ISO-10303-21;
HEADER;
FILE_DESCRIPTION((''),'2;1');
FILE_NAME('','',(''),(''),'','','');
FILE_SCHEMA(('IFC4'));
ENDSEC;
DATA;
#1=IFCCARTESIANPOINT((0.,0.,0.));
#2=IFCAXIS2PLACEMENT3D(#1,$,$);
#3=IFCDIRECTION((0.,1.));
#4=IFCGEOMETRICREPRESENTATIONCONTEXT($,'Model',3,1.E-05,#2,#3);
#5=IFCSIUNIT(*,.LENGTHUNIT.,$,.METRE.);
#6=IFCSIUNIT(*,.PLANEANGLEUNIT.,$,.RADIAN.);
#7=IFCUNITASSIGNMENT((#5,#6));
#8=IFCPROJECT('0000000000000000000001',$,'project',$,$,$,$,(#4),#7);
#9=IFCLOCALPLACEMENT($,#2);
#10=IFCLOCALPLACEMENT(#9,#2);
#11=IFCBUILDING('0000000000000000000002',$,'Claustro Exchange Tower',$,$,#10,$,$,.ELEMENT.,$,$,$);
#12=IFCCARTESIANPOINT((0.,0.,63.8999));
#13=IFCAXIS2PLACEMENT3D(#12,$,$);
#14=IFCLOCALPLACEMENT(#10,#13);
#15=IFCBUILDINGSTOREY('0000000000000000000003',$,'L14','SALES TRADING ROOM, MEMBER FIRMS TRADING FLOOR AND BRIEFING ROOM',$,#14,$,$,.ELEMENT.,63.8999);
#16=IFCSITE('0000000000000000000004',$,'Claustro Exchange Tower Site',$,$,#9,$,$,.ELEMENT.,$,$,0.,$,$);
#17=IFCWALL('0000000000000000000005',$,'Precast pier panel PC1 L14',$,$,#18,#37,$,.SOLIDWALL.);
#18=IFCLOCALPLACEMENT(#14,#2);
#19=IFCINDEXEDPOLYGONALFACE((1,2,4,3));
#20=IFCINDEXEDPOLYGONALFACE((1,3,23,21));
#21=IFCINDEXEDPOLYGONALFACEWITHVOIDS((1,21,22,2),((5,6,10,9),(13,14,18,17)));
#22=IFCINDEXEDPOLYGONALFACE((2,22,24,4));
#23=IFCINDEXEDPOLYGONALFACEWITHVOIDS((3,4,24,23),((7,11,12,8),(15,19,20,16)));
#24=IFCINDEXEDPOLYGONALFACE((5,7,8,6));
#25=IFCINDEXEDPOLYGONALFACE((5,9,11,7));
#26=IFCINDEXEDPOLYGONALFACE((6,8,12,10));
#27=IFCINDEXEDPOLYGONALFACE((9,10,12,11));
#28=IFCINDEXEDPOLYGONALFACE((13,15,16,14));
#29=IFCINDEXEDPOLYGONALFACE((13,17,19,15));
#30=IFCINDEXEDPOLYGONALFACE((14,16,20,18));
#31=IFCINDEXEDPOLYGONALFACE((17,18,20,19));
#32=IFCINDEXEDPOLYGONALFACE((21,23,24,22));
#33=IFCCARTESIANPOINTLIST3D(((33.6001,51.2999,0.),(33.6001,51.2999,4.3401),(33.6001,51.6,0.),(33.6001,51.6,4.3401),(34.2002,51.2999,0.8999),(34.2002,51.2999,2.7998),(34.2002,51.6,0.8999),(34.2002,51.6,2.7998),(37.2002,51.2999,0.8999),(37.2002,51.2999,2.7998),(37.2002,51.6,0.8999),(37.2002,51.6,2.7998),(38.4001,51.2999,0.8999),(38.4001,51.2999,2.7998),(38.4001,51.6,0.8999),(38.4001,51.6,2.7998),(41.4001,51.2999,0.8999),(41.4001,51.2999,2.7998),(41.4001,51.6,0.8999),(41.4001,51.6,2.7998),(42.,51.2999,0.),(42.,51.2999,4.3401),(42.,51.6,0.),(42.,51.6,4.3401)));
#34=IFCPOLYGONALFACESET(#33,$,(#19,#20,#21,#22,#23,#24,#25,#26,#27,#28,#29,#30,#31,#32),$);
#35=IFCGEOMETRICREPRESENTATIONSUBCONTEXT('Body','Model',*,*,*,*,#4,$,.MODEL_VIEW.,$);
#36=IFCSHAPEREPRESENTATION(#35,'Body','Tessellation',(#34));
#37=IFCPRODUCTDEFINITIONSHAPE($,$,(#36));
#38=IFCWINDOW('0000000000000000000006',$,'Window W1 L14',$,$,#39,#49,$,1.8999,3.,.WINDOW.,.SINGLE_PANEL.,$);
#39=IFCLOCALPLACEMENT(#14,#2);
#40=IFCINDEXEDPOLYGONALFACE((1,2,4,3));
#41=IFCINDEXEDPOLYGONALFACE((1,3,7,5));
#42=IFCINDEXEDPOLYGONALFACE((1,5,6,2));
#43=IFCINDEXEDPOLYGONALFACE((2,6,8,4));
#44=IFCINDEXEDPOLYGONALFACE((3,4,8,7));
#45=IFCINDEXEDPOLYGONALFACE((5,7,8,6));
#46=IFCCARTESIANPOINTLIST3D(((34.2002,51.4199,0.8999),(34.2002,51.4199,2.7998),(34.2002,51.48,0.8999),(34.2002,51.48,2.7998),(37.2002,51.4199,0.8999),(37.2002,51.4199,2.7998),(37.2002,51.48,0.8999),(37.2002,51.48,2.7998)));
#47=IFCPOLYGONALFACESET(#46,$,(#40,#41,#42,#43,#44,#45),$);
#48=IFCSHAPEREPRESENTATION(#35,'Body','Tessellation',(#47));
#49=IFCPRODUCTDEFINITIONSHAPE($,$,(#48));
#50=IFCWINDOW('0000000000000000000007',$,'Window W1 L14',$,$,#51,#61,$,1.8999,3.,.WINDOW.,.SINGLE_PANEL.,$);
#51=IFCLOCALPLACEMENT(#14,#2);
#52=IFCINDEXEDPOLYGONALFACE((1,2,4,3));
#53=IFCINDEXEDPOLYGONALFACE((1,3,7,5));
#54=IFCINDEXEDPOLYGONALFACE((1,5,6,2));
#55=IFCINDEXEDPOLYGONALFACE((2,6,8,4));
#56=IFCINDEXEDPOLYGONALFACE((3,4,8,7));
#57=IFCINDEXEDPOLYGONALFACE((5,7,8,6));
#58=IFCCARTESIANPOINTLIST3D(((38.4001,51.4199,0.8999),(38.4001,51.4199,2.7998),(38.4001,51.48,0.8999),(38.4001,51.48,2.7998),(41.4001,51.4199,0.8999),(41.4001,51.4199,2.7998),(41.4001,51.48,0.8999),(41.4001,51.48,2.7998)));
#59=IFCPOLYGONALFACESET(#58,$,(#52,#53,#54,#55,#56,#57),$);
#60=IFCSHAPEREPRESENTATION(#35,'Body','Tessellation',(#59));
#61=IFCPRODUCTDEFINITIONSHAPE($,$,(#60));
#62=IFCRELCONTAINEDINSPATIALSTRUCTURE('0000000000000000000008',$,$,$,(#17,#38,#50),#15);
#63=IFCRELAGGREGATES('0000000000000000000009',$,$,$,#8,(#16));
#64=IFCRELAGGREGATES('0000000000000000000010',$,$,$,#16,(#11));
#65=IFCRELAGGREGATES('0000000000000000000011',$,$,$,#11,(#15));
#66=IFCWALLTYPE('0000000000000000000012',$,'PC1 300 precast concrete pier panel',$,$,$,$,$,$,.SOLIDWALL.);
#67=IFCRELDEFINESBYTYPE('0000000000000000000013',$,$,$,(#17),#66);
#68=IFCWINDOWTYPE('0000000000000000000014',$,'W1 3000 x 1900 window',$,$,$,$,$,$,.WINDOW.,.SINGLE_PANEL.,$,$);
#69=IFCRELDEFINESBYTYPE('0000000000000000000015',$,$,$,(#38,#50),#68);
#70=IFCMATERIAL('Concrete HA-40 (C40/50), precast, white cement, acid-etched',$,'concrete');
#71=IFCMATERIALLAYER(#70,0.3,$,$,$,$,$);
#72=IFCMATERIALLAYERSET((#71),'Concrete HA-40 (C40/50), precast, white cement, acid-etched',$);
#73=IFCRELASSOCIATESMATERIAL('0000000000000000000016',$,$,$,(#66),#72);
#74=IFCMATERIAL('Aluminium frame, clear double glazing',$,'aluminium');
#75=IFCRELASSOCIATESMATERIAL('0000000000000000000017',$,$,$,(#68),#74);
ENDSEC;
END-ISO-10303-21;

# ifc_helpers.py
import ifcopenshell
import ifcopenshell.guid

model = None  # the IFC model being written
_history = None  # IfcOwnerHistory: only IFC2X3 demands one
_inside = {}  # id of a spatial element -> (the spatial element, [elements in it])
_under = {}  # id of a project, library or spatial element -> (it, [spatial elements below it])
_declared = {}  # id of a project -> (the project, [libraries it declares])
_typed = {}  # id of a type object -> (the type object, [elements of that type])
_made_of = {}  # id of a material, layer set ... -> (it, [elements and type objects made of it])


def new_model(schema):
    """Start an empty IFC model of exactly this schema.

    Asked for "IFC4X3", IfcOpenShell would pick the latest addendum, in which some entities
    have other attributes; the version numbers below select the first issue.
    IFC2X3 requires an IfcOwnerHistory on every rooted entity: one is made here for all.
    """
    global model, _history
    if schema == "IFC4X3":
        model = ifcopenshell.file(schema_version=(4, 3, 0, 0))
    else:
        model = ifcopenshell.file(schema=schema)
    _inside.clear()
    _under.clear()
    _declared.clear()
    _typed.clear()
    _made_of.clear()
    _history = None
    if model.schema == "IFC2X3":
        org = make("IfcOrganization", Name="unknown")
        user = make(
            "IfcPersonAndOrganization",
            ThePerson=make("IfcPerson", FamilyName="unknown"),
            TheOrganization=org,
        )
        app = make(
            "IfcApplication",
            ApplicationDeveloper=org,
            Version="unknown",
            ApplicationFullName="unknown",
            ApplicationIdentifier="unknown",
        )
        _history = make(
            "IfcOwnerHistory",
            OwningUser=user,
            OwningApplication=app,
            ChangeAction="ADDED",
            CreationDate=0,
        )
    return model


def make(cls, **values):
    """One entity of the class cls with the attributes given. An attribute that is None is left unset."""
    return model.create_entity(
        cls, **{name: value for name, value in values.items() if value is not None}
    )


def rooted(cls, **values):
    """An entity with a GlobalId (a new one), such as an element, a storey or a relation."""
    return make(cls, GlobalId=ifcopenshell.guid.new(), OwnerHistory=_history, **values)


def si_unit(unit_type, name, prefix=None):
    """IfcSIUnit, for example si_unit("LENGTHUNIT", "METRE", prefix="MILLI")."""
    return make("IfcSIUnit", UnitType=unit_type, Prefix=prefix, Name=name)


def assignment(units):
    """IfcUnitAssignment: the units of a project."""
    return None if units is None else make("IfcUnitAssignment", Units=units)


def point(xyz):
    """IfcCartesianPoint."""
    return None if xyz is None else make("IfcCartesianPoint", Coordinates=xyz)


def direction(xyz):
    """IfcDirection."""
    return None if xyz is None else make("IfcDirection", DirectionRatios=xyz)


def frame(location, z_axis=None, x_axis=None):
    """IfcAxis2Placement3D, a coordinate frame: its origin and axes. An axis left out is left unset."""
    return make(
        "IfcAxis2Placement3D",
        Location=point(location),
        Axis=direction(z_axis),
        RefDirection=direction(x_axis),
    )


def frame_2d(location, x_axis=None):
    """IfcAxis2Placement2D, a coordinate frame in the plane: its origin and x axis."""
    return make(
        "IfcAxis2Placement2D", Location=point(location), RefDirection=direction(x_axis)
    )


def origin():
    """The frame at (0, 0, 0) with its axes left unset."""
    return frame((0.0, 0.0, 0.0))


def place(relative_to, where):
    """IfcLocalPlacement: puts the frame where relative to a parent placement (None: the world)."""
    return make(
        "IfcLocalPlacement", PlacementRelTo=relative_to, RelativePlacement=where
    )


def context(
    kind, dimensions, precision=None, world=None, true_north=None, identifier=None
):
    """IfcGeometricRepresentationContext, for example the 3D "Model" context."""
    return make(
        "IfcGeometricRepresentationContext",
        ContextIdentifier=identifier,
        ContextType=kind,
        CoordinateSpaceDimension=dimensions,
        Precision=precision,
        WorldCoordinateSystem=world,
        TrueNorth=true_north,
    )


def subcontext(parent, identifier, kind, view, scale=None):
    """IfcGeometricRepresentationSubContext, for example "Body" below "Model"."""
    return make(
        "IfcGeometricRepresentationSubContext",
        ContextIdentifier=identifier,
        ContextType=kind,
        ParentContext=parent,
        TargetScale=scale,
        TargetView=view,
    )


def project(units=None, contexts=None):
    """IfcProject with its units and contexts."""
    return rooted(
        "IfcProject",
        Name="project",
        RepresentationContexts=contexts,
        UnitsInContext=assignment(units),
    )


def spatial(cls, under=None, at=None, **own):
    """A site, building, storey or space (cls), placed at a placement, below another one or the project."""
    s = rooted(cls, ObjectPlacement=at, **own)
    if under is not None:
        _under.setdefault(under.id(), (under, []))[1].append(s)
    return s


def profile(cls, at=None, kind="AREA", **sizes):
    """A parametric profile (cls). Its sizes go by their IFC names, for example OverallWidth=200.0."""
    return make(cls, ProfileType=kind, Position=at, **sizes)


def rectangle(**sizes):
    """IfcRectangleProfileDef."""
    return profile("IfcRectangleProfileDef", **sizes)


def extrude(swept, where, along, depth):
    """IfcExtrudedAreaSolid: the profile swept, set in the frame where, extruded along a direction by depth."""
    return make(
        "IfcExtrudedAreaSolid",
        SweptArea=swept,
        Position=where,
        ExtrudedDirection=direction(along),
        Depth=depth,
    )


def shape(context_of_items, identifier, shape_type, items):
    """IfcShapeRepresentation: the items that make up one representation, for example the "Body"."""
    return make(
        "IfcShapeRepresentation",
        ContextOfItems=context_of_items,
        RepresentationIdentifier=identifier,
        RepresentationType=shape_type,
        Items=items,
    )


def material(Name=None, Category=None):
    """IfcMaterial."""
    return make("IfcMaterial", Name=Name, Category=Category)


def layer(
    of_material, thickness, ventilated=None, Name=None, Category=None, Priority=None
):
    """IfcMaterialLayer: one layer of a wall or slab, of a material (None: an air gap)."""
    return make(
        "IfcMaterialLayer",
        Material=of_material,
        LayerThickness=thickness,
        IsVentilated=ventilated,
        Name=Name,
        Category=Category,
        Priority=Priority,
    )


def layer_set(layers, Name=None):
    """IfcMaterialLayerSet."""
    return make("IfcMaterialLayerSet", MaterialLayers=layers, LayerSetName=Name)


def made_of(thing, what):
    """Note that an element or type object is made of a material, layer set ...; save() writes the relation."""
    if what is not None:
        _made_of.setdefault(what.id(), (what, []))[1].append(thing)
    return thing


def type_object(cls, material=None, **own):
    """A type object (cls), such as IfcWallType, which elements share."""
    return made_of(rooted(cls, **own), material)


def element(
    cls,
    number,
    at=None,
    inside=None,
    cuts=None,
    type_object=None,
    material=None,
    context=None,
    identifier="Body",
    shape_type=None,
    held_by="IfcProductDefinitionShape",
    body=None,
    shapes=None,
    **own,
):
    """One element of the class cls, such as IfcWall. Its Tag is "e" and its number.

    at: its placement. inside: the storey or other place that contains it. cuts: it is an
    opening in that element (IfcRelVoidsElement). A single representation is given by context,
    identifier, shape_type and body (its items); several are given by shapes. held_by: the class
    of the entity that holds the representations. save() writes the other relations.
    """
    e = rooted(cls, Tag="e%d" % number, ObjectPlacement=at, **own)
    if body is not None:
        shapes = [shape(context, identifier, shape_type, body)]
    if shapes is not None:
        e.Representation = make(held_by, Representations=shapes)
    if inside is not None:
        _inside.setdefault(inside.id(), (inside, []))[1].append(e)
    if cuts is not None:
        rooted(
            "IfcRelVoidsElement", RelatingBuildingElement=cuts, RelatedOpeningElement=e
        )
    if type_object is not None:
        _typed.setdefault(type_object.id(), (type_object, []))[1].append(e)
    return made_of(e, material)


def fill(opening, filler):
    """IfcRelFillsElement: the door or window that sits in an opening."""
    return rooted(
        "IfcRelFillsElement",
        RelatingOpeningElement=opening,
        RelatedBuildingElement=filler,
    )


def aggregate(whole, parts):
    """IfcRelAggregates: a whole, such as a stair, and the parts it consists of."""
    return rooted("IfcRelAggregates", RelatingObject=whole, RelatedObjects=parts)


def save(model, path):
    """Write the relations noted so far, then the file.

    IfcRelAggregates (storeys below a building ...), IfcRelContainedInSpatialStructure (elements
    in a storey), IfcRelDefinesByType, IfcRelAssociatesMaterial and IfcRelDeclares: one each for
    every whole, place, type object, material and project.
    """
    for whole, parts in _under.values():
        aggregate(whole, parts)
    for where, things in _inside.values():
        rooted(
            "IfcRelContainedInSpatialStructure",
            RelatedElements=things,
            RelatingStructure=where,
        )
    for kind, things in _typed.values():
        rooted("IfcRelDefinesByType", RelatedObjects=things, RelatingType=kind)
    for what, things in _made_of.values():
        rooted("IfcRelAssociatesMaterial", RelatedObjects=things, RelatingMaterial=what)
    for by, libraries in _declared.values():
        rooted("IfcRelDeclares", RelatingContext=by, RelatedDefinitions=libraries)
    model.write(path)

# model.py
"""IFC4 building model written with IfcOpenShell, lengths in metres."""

from ifc_helpers import new_model, si_unit, direction, frame, frame_2d, origin, place, context, subcontext, project, spatial, rectangle, extrude, material, layer, layer_set, type_object, element, fill, save


model = new_model("IFC4")

# Units and contexts
model_context = context("Model", 3, precision=1e-05, world=origin(), true_north=direction((0.0, 1.0)))
body_context = subcontext(model_context, "Body", "Model", "MODEL_VIEW")
ifc_project = project(units=[si_unit("LENGTHUNIT", "METRE"), si_unit("PLANEANGLEUNIT", "RADIAN")], contexts=[model_context])

# Site, building, storey
site_placement = place(None, origin())
site = spatial("IfcSite", under=ifc_project, at=site_placement, Name="Claustro Exchange Tower Site", CompositionType="ELEMENT", RefElevation=0.0)
building_placement = place(site_placement, origin())
building = spatial("IfcBuilding", under=site, at=building_placement, Name="Claustro Exchange Tower", CompositionType="ELEMENT")
storey_placement = place(building_placement, frame((0.0, 0.0, 63.8999)))
storey = spatial("IfcBuildingStorey", under=building, at=storey_placement, Name="L14", Description="SALES TRADING ROOM, MEMBER FIRMS TRADING FLOOR AND BRIEFING ROOM", CompositionType="ELEMENT", Elevation=63.8999)

# Wall, openings, windows
ifc_material_1 = material(Name="Concrete HA-40 (C40/50), precast, white cement, acid-etched", Category="concrete")
ifc_layer_1 = layer(ifc_material_1, 0.3)
ifc_layer_set_1 = layer_set([ifc_layer_1], Name="Concrete HA-40 (C40/50), precast, white cement, acid-etched")
wall_type_1 = type_object("IfcWallType", Name="PC1 300 precast concrete pier panel", PredefinedType="SOLIDWALL", material=ifc_layer_set_1)
ifc_material_2 = material(Name="Aluminium frame, clear double glazing", Category="aluminium")
window_type = type_object("IfcWindowType", Name="W1 3000 x 1900 window", PartitioningType="SINGLE_PANEL", PredefinedType="WINDOW", material=ifc_material_2)
wall_1_placement = place(storey_placement, frame((33.6001, 51.45, 0.0), z_axis=(0.0, 0.0, 1.0), x_axis=(1.0, 0.0, 0.0)))
wall_1 = element("IfcWall", 1, at=wall_1_placement, inside=storey, type_object=wall_type_1, Name="Precast pier panel PC1 L14", PredefinedType="SOLIDWALL", context=body_context, shape_type="SweptSolid", body=[
    extrude(rectangle(XDim=8.3999, YDim=0.3, at=frame_2d((4.2, 0.0))), origin(), (0.0, 0.0, 1.0), 4.3401),
])
opening_1_placement = place(wall_1_placement, frame((0.6001, 0.0, 0.8999)))
opening_1 = element("IfcOpeningElement", 2, at=opening_1_placement, cuts=wall_1, PredefinedType="OPENING", context=body_context, shape_type="SweptSolid", body=[
    extrude(rectangle(XDim=3.0, YDim=1.8999, at=frame_2d((1.5, 0.95))), frame((0.0, 0.1599, 0.0), z_axis=(0.0, -1.0, 0.0), x_axis=(1.0, 0.0, 0.0)), (0.0, 0.0, 1.0), 0.3201),
])
opening_2_placement = place(wall_1_placement, frame((4.8, 0.0, 0.8999)))
opening_2 = element("IfcOpeningElement", 3, at=opening_2_placement, cuts=wall_1, PredefinedType="OPENING", context=body_context, shape_type="SweptSolid", body=[
    extrude(rectangle(XDim=3.0, YDim=1.8999, at=frame_2d((1.5, 0.95))), frame((0.0, 0.1599, 0.0), z_axis=(0.0, -1.0, 0.0), x_axis=(1.0, 0.0, 0.0)), (0.0, 0.0, 1.0), 0.3201),
])
window_1_placement = place(opening_1_placement, origin())
window_1 = element("IfcWindow", 4, at=window_1_placement, inside=storey, type_object=window_type, Name="Window W1 L14", OverallHeight=1.8999, OverallWidth=3.0, PartitioningType="SINGLE_PANEL", PredefinedType="WINDOW", context=body_context, shape_type="SweptSolid", body=[
    extrude(rectangle(XDim=3.0, YDim=1.8999, at=frame_2d((1.5, 0.95))), frame((0.0, 0.03, 0.0), z_axis=(0.0, -1.0, 0.0), x_axis=(1.0, 0.0, 0.0)), (0.0, 0.0, 1.0), 0.0601),
])
fill(opening_1, window_1)
window_2_placement = place(opening_2_placement, origin())
window_2 = element("IfcWindow", 5, at=window_2_placement, inside=storey, type_object=window_type, Name="Window W1 L14", OverallHeight=1.8999, OverallWidth=3.0, PartitioningType="SINGLE_PANEL", PredefinedType="WINDOW", context=body_context, shape_type="SweptSolid", body=[
    extrude(rectangle(XDim=3.0, YDim=1.8999, at=frame_2d((1.5, 0.95))), frame((0.0, 0.03, 0.0), z_axis=(0.0, -1.0, 0.0), x_axis=(1.0, 0.0, 0.0)), (0.0, 0.0, 1.0), 0.0601),
])
fill(opening_2, window_2)

save(model, "model.ifc")
